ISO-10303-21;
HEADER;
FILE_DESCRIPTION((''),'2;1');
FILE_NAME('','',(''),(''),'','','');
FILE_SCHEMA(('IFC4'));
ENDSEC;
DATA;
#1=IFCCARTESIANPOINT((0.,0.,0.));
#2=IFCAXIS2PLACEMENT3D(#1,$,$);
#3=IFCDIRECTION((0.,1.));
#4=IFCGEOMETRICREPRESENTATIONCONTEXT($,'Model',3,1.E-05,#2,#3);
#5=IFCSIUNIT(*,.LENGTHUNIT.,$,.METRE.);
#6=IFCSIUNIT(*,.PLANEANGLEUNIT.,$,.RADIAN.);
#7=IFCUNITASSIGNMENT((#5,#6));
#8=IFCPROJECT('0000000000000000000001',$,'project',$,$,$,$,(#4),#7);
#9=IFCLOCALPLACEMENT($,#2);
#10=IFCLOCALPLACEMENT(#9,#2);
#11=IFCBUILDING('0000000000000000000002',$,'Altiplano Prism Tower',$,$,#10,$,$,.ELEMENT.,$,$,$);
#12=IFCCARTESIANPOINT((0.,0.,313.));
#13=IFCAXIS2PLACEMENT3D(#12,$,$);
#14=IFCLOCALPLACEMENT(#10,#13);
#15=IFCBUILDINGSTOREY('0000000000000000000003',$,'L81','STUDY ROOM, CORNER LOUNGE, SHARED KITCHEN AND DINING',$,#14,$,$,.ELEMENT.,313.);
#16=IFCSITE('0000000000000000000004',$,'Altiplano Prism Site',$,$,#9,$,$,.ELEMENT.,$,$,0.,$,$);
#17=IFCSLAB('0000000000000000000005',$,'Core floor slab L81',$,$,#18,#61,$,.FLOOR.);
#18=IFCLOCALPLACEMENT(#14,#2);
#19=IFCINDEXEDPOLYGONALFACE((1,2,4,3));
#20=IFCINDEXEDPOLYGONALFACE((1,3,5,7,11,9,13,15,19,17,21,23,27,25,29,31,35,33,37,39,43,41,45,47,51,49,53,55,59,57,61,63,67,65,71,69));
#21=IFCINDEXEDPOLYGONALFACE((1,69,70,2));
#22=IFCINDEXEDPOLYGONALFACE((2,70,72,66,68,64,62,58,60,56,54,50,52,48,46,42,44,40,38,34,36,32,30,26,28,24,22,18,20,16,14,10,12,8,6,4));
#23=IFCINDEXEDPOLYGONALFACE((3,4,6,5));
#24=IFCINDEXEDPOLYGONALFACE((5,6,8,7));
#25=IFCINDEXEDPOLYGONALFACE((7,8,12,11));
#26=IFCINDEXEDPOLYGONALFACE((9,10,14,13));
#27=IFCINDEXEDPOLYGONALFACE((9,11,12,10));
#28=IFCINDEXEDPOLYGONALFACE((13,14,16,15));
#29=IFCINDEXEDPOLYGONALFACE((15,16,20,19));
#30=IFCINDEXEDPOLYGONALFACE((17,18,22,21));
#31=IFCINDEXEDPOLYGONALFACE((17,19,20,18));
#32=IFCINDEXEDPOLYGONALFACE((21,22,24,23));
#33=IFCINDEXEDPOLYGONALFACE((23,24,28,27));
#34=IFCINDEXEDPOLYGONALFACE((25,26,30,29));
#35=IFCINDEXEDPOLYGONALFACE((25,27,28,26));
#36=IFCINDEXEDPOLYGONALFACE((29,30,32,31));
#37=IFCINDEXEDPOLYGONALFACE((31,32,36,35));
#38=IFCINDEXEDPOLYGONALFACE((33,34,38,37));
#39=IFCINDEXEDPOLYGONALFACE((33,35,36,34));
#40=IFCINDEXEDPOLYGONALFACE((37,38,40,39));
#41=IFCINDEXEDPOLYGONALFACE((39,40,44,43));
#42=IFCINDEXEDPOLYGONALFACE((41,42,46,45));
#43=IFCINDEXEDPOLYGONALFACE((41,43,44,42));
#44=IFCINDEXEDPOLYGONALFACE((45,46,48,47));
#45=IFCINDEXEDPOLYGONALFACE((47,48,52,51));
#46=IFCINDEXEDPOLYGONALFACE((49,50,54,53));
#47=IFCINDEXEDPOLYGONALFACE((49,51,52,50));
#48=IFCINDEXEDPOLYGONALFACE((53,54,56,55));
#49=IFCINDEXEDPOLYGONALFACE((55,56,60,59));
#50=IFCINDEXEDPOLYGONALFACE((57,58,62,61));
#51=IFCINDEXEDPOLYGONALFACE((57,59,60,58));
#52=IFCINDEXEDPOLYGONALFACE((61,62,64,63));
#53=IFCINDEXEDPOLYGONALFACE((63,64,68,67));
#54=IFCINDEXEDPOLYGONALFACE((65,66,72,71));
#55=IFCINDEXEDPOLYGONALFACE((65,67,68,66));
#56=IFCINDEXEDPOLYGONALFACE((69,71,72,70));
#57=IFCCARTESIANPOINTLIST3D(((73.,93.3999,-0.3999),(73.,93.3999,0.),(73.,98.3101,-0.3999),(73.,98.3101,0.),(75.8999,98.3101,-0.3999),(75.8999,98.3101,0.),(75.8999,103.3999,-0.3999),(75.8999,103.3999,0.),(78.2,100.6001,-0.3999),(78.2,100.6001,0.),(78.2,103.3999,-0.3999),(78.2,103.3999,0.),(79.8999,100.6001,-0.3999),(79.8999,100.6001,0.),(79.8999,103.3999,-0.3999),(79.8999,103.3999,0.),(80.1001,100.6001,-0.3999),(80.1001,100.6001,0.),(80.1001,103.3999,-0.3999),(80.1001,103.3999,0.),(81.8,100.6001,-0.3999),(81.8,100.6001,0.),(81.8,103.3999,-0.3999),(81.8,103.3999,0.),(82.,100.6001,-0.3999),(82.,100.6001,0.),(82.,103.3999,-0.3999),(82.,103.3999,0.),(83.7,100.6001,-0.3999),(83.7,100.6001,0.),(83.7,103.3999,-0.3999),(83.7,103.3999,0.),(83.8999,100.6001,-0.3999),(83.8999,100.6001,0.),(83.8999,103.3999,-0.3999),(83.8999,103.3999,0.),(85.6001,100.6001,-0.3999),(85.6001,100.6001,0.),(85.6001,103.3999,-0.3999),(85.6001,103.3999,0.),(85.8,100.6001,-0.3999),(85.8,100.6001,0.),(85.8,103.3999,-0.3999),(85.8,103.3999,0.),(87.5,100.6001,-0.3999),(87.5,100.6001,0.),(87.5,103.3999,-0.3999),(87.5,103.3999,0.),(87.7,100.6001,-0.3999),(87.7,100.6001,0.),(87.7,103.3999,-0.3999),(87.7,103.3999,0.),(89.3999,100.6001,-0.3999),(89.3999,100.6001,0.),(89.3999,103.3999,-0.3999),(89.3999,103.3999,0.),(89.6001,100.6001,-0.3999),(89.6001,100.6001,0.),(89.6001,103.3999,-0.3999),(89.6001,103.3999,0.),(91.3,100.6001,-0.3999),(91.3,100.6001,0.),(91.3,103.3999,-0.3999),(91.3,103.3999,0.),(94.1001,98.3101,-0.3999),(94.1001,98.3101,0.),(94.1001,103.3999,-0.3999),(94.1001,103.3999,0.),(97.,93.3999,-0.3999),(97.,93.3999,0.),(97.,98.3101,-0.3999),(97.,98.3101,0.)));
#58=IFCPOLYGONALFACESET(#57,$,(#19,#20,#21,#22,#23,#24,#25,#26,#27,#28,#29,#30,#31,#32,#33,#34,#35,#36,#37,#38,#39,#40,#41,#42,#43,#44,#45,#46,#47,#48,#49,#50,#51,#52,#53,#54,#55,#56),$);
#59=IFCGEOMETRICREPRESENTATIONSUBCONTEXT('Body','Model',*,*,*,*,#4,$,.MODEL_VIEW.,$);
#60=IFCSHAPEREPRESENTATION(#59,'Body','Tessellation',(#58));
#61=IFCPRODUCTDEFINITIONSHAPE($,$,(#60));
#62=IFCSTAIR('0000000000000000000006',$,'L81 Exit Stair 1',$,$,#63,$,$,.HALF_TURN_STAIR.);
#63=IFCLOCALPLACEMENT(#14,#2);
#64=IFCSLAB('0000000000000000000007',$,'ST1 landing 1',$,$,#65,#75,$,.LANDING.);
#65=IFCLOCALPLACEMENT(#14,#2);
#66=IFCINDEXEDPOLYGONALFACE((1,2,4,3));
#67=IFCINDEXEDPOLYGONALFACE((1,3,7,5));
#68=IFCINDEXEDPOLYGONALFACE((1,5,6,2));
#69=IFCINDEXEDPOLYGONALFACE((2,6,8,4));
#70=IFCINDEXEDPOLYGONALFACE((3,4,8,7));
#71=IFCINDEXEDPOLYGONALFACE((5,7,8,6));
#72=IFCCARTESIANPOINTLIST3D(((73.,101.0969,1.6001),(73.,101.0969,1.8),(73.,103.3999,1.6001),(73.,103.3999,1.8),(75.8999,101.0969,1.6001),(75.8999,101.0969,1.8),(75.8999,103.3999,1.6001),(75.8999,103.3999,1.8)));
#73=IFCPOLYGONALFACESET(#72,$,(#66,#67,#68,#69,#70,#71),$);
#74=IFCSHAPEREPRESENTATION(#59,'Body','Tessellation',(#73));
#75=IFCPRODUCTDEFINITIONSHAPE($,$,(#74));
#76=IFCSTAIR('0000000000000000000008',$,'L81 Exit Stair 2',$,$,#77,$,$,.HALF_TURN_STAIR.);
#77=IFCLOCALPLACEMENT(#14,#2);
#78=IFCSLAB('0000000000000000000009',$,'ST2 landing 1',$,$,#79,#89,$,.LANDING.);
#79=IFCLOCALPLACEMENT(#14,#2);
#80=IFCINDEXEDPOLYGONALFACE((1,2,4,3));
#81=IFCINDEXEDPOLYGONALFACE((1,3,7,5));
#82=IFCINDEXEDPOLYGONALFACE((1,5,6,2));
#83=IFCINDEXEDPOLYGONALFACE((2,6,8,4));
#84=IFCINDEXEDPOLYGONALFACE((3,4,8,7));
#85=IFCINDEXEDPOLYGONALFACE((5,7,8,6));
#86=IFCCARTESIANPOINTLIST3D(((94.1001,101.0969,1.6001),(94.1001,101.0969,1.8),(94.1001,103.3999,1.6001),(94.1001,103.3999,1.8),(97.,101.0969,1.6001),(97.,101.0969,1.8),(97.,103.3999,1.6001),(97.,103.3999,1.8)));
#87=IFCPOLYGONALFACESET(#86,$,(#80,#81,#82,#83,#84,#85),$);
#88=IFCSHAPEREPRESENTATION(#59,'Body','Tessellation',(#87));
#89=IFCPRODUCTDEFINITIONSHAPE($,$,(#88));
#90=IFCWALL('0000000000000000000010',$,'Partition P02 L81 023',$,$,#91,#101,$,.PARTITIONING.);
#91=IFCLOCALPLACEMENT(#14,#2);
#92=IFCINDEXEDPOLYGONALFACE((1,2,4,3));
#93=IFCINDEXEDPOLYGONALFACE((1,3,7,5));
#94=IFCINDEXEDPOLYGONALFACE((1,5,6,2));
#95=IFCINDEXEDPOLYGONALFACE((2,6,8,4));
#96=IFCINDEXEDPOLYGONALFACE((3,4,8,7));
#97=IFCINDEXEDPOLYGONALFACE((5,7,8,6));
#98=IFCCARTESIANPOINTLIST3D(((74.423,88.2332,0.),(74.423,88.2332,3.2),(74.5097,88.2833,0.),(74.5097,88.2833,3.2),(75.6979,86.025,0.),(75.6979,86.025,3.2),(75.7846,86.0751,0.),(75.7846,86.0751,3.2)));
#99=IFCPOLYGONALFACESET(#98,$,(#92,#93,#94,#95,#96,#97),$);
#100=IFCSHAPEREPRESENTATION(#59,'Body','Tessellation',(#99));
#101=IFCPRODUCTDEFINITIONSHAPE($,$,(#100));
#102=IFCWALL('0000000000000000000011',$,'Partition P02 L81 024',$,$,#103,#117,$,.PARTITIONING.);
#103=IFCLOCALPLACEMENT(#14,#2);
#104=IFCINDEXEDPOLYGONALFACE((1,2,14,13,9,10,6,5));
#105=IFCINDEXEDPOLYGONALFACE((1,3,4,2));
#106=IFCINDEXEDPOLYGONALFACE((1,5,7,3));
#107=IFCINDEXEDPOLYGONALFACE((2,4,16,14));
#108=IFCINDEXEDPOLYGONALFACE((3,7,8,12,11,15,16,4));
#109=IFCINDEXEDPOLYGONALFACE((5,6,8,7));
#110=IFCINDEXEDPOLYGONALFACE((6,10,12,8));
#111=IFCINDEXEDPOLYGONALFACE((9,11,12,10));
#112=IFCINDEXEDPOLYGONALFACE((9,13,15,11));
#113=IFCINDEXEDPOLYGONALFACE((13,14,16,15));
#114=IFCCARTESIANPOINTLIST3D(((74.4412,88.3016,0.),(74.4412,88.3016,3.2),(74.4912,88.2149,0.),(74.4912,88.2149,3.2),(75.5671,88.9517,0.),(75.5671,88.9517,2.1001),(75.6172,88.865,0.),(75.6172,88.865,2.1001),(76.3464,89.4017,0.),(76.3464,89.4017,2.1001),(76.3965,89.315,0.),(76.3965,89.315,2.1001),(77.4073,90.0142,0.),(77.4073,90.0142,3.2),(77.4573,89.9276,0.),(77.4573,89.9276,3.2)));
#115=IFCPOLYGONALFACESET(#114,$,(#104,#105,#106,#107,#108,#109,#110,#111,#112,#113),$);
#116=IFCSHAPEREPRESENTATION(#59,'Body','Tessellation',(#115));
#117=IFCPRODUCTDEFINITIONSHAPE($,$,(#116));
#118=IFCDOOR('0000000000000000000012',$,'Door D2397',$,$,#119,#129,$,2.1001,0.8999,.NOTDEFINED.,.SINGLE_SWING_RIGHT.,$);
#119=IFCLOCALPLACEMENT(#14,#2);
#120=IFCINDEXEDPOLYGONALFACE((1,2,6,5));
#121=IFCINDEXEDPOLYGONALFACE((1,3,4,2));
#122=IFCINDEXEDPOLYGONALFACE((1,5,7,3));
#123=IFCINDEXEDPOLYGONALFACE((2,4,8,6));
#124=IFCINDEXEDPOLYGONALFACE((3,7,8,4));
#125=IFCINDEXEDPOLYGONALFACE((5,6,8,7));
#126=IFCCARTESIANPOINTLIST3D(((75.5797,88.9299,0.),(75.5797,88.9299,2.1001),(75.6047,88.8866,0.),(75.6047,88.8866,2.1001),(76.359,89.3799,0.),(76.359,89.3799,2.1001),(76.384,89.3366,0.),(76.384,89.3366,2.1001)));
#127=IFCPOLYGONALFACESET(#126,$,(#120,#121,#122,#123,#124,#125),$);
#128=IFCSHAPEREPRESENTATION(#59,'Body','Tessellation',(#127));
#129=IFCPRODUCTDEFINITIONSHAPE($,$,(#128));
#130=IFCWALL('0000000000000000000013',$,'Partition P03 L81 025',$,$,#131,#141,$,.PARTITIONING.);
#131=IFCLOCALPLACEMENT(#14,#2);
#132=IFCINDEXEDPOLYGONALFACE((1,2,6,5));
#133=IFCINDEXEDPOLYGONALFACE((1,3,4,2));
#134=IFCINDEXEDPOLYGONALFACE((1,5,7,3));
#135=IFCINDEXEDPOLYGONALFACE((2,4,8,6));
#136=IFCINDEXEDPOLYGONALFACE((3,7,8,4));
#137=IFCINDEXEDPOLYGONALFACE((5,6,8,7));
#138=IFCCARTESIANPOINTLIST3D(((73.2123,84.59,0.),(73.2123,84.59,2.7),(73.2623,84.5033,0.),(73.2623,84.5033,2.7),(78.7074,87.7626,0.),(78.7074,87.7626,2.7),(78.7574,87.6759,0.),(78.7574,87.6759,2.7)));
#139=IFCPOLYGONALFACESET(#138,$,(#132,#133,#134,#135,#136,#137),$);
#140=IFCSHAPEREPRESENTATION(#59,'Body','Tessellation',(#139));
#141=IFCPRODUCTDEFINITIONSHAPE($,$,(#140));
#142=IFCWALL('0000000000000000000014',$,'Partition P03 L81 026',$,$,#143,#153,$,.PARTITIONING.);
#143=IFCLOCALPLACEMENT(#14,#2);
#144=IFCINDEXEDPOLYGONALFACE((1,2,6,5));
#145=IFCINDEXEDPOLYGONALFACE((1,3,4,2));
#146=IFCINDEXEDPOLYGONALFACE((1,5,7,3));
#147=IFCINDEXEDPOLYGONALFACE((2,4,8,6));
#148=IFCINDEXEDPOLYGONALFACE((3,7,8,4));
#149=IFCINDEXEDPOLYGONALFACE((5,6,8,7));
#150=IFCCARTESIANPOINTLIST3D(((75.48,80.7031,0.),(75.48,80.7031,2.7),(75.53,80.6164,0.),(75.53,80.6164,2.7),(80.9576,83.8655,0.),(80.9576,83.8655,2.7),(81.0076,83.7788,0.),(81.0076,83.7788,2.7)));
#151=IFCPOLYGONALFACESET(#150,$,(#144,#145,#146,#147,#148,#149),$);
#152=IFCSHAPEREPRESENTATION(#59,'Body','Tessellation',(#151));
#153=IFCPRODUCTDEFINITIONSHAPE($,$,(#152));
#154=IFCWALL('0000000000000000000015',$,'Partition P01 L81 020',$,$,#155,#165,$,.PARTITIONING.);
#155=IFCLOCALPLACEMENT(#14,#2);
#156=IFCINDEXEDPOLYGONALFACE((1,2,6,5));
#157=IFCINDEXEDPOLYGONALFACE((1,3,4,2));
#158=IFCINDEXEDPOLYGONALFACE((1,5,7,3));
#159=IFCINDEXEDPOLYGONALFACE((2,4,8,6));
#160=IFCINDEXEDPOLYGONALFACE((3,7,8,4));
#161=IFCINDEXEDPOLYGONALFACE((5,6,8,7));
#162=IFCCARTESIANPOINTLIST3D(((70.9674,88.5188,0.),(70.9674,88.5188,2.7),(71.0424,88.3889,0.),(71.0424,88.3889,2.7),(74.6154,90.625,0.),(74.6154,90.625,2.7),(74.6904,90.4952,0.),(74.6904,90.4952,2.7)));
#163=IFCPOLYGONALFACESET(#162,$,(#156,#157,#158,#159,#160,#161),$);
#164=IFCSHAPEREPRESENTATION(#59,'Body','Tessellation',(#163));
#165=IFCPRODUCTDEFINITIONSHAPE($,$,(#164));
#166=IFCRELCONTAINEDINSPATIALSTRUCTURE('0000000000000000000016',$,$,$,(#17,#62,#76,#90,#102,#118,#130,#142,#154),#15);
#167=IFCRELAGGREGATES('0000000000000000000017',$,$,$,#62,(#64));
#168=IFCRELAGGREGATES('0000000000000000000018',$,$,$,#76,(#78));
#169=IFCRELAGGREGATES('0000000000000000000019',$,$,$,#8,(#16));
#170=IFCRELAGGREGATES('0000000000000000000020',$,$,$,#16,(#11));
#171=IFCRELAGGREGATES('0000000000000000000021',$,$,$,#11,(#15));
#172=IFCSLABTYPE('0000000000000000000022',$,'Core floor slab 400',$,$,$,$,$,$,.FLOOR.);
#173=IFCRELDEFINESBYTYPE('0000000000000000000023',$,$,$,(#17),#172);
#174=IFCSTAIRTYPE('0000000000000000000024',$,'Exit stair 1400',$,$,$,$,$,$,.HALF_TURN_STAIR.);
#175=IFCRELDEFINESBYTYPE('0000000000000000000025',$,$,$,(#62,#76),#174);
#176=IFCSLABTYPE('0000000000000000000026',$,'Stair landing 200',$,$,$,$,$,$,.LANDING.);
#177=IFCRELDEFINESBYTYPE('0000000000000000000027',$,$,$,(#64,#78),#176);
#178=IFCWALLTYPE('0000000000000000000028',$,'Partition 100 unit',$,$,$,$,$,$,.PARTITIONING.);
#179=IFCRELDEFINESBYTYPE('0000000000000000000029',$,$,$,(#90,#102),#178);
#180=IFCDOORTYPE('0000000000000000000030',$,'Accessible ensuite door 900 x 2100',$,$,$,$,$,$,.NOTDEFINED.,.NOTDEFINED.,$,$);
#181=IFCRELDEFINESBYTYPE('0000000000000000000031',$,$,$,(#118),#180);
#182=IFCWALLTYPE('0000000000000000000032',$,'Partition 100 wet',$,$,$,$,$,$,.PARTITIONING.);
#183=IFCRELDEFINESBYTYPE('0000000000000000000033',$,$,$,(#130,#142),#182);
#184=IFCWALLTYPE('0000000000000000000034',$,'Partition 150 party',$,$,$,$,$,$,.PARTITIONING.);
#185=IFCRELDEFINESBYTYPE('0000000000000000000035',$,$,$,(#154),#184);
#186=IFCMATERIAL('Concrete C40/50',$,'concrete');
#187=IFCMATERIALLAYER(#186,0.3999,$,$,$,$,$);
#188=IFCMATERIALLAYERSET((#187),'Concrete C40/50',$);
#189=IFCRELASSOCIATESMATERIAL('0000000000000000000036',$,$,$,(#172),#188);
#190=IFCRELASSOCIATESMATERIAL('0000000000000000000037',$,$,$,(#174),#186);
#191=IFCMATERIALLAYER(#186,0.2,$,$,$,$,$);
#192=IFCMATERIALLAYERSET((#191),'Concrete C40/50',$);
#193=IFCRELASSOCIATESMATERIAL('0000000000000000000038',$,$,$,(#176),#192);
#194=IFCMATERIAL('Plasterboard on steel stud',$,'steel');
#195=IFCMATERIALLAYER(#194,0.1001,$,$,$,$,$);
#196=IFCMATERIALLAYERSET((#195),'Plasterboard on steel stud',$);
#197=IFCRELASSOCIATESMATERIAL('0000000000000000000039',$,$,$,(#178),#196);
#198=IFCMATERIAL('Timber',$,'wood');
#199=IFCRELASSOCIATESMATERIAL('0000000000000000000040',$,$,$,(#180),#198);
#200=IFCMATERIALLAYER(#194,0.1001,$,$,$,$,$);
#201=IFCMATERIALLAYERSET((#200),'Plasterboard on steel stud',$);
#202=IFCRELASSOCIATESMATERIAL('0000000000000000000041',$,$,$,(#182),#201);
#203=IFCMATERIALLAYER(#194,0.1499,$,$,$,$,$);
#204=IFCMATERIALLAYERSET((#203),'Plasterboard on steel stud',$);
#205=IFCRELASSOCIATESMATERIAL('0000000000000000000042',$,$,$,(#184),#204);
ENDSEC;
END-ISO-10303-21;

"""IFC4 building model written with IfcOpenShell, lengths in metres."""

from ifc_helpers import new_model, si_unit, direction, frame, frame_2d, origin, place, context, subcontext, project, spatial, polyline, rectangle, outline, extrude, material, layer, layer_set, type_object, element, fill, aggregate, save


model = new_model("IFC4")

# Units and contexts
model_context = context("Model", 3, precision=1e-05, world=origin(), true_north=direction((0.0, 1.0)))
body_context = subcontext(model_context, "Body", "Model", "MODEL_VIEW")
ifc_project = project(units=[si_unit("LENGTHUNIT", "METRE"), si_unit("PLANEANGLEUNIT", "RADIAN")], contexts=[model_context])

# Site, building, storey
site_placement = place(None, origin())
site = spatial("IfcSite", under=ifc_project, at=site_placement, Name="Altiplano Prism Site", CompositionType="ELEMENT", RefElevation=0.0)
building_placement = place(site_placement, origin())
building = spatial("IfcBuilding", under=site, at=building_placement, Name="Altiplano Prism Tower", CompositionType="ELEMENT")
storey_placement = place(building_placement, frame((0.0, 0.0, 313.0)))
storey = spatial("IfcBuildingStorey", under=building, at=storey_placement, Name="L81", Description="STUDY ROOM, CORNER LOUNGE, SHARED KITCHEN AND DINING", CompositionType="ELEMENT", Elevation=313.0)

# Slab
ifc_material_1 = material(Name="Concrete C40/50", Category="concrete")
ifc_layer_1 = layer(ifc_material_1, 0.3999)
ifc_layer_set_1 = layer_set([ifc_layer_1], Name="Concrete C40/50")
slab_type_1 = type_object("IfcSlabType", Name="Core floor slab 400", PredefinedType="FLOOR", material=ifc_layer_set_1)
slab_1_placement = place(storey_placement, frame((0.0, 0.0, -0.3999)))
element("IfcSlab", 1, at=slab_1_placement, inside=storey, type_object=slab_type_1, Name="Core floor slab L81", PredefinedType="FLOOR", context=body_context, shape_type="SweptSolid", body=[
    extrude(outline(polyline([(97.0, 98.3101), (94.1001, 98.3101), (94.1001, 103.3999), (91.3, 103.3999), (91.3, 100.6001), (89.6001, 100.6001), (89.6001, 103.3999), (89.3999, 103.3999), (89.3999, 100.6001), (87.7, 100.6001), (87.7, 103.3999), (87.5, 103.3999), (87.5, 100.6001), (85.8, 100.6001), (85.8, 103.3999), (85.6001, 103.3999), (85.6001, 100.6001), (83.8999, 100.6001), (83.8999, 103.3999), (83.7, 103.3999), (83.7, 100.6001), (82.0, 100.6001), (82.0, 103.3999), (81.8, 103.3999), (81.8, 100.6001), (80.1001, 100.6001), (80.1001, 103.3999), (79.8999, 103.3999), (79.8999, 100.6001), (78.2, 100.6001), (78.2, 103.3999), (75.8999, 103.3999), (75.8999, 98.3101), (73.0, 98.3101), (73.0, 93.3999), (97.0, 93.3999), (97.0, 98.3101)])), origin(), (0.0, 0.0, 1.0), 0.3999),
])

# Stairs, slabs
stair_type = type_object("IfcStairType", Name="Exit stair 1400", PredefinedType="HALF_TURN_STAIR", material=ifc_material_1)
stair_1_placement = place(storey_placement, origin())
stair_1 = element("IfcStair", 2, at=stair_1_placement, inside=storey, type_object=stair_type, Name="L81 Exit Stair 1", PredefinedType="HALF_TURN_STAIR")
ifc_layer_2 = layer(ifc_material_1, 0.2)
ifc_layer_set_2 = layer_set([ifc_layer_2], Name="Concrete C40/50")
slab_type_2 = type_object("IfcSlabType", Name="Stair landing 200", PredefinedType="LANDING", material=ifc_layer_set_2)
slab_2_placement = place(storey_placement, frame((0.0, 0.0, 1.6001)))
slab_2 = element("IfcSlab", 3, at=slab_2_placement, type_object=slab_type_2, Name="ST1 landing 1", PredefinedType="LANDING", context=body_context, shape_type="SweptSolid", body=[
    extrude(outline(polyline([(75.8999, 101.0969), (75.8999, 103.3999), (73.0, 103.3999), (73.0, 101.0969), (75.8999, 101.0969)])), origin(), (0.0, 0.0, 1.0), 0.2),
])
aggregate(stair_1, [slab_2])
stair_2_placement = place(storey_placement, origin())
stair_2 = element("IfcStair", 4, at=stair_2_placement, inside=storey, type_object=stair_type, Name="L81 Exit Stair 2", PredefinedType="HALF_TURN_STAIR")
slab_3_placement = place(storey_placement, frame((0.0, 0.0, 1.6001)))
slab_3 = element("IfcSlab", 5, at=slab_3_placement, type_object=slab_type_2, Name="ST2 landing 1", PredefinedType="LANDING", context=body_context, shape_type="SweptSolid", body=[
    extrude(outline(polyline([(97.0, 101.0969), (97.0, 103.3999), (94.1001, 103.3999), (94.1001, 101.0969), (97.0, 101.0969)])), origin(), (0.0, 0.0, 1.0), 0.2),
])
aggregate(stair_2, [slab_3])

# Wall
ifc_material_2 = material(Name="Plasterboard on steel stud", Category="steel")
ifc_layer_3 = layer(ifc_material_2, 0.1001)
ifc_layer_set_3 = layer_set([ifc_layer_3], Name="Plasterboard on steel stud")
wall_type_1 = type_object("IfcWallType", Name="Partition 100 unit", PredefinedType="PARTITIONING", material=ifc_layer_set_3)
wall_1_placement = place(storey_placement, frame((75.7412, 86.05, 0.0), z_axis=(0.0, 0.0, 1.0), x_axis=(-0.49999, 0.866031, 0.0)))
element("IfcWall", 6, at=wall_1_placement, inside=storey, type_object=wall_type_1, Name="Partition P02 L81 023", PredefinedType="PARTITIONING", context=body_context, shape_type="SweptSolid", body=[
    extrude(rectangle(XDim=2.5498, YDim=0.1001, at=frame_2d((1.2749, 0.0))), origin(), (0.0, 0.0, 1.0), 3.2),
])

# Wall, opening, door
wall_2_placement = place(storey_placement, frame((74.4663, 88.2583, 0.0), z_axis=(0.0, 0.0, 1.0), x_axis=(0.866002, 0.500041, 0.0)))
wall_2 = element("IfcWall", 7, at=wall_2_placement, inside=storey, type_object=wall_type_1, Name="Partition P02 L81 024", PredefinedType="PARTITIONING", context=body_context, shape_type="SweptSolid", body=[
    extrude(rectangle(XDim=3.425, YDim=0.1001, at=frame_2d((1.7124, 0.0))), origin(), (0.0, 0.0, 1.0), 3.2),
])
opening_placement = place(wall_2_placement, frame((1.3, 0.0, 0.0)))
opening = element("IfcOpeningElement", 8, at=opening_placement, cuts=wall_2, PredefinedType="OPENING", context=body_context, shape_type="SweptSolid", body=[
    extrude(rectangle(XDim=0.8999, YDim=2.1001, at=frame_2d((0.45, 1.05))), frame((0.0, 0.0605, 0.0), z_axis=(0.0, -1.0, 0.0), x_axis=(1.0, 0.0, 0.0)), (0.0, 0.0, 1.0), 0.1211),
])
ifc_material_3 = material(Name="Timber", Category="wood")
door_type = type_object("IfcDoorType", Name="Accessible ensuite door 900 x 2100", OperationType="NOTDEFINED", PredefinedType="NOTDEFINED", material=ifc_material_3)
door_placement = place(opening_placement, origin())
door = element("IfcDoor", 9, at=door_placement, inside=storey, type_object=door_type, Name="Door D2397", OperationType="SINGLE_SWING_RIGHT", OverallHeight=2.1001, OverallWidth=0.8999, PredefinedType="NOTDEFINED", context=body_context, shape_type="SweptSolid", body=[
    extrude(rectangle(XDim=0.8999, YDim=2.1001, at=frame_2d((0.45, 1.05))), frame((0.0, 0.0249, 0.0), z_axis=(0.0, -1.0, 0.0), x_axis=(1.0, 0.0, 0.0)), (0.0, 0.0, 1.0), 0.05),
])
fill(opening, door)

# Walls
ifc_layer_4 = layer(ifc_material_2, 0.1001)
ifc_layer_set_4 = layer_set([ifc_layer_4], Name="Plasterboard on steel stud")
wall_type_2 = type_object("IfcWallType", Name="Partition 100 wet", PredefinedType="PARTITIONING", material=ifc_layer_set_4)
wall_3_placement = place(storey_placement, frame((73.2373, 84.5466, 0.0), z_axis=(0.0, 0.0, 1.0), x_axis=(0.866025, 0.5, 0.0)))
element("IfcWall", 10, at=wall_3_placement, inside=storey, type_object=wall_type_2, Name="Partition P03 L81 025", PredefinedType="PARTITIONING", context=body_context, shape_type="SweptSolid", body=[
    extrude(rectangle(XDim=6.3452, YDim=0.1001, at=frame_2d((3.1726, 0.0))), origin(), (0.0, 0.0, 1.0), 2.7),
])
wall_4_placement = place(storey_placement, frame((75.5049, 80.6597, 0.0), z_axis=(0.0, 0.0, 1.0), x_axis=(0.866033, 0.499988, 0.0)))
element("IfcWall", 11, at=wall_4_placement, inside=storey, type_object=wall_type_2, Name="Partition P03 L81 026", PredefinedType="PARTITIONING", context=body_context, shape_type="SweptSolid", body=[
    extrude(rectangle(XDim=6.325, YDim=0.1001, at=frame_2d((3.1626, 0.0))), origin(), (0.0, 0.0, 1.0), 2.7),
])
ifc_layer_5 = layer(ifc_material_2, 0.1499)
ifc_layer_set_5 = layer_set([ifc_layer_5], Name="Plasterboard on steel stud")
wall_type_3 = type_object("IfcWallType", Name="Partition 150 party", PredefinedType="PARTITIONING", material=ifc_layer_set_5)
wall_5_placement = place(storey_placement, frame((71.0049, 88.4539, 0.0), z_axis=(0.0, 0.0, 1.0), x_axis=(0.86602, 0.50001, 0.0)))
element("IfcWall", 12, at=wall_5_placement, inside=storey, type_object=wall_type_3, Name="Partition P01 L81 020", PredefinedType="PARTITIONING", context=body_context, shape_type="SweptSolid", body=[
    extrude(rectangle(XDim=4.2124, YDim=0.1499, at=frame_2d((2.1062, 0.0))), origin(), (0.0, 0.0, 1.0), 2.7),
])

save(model, "model.ifc")
